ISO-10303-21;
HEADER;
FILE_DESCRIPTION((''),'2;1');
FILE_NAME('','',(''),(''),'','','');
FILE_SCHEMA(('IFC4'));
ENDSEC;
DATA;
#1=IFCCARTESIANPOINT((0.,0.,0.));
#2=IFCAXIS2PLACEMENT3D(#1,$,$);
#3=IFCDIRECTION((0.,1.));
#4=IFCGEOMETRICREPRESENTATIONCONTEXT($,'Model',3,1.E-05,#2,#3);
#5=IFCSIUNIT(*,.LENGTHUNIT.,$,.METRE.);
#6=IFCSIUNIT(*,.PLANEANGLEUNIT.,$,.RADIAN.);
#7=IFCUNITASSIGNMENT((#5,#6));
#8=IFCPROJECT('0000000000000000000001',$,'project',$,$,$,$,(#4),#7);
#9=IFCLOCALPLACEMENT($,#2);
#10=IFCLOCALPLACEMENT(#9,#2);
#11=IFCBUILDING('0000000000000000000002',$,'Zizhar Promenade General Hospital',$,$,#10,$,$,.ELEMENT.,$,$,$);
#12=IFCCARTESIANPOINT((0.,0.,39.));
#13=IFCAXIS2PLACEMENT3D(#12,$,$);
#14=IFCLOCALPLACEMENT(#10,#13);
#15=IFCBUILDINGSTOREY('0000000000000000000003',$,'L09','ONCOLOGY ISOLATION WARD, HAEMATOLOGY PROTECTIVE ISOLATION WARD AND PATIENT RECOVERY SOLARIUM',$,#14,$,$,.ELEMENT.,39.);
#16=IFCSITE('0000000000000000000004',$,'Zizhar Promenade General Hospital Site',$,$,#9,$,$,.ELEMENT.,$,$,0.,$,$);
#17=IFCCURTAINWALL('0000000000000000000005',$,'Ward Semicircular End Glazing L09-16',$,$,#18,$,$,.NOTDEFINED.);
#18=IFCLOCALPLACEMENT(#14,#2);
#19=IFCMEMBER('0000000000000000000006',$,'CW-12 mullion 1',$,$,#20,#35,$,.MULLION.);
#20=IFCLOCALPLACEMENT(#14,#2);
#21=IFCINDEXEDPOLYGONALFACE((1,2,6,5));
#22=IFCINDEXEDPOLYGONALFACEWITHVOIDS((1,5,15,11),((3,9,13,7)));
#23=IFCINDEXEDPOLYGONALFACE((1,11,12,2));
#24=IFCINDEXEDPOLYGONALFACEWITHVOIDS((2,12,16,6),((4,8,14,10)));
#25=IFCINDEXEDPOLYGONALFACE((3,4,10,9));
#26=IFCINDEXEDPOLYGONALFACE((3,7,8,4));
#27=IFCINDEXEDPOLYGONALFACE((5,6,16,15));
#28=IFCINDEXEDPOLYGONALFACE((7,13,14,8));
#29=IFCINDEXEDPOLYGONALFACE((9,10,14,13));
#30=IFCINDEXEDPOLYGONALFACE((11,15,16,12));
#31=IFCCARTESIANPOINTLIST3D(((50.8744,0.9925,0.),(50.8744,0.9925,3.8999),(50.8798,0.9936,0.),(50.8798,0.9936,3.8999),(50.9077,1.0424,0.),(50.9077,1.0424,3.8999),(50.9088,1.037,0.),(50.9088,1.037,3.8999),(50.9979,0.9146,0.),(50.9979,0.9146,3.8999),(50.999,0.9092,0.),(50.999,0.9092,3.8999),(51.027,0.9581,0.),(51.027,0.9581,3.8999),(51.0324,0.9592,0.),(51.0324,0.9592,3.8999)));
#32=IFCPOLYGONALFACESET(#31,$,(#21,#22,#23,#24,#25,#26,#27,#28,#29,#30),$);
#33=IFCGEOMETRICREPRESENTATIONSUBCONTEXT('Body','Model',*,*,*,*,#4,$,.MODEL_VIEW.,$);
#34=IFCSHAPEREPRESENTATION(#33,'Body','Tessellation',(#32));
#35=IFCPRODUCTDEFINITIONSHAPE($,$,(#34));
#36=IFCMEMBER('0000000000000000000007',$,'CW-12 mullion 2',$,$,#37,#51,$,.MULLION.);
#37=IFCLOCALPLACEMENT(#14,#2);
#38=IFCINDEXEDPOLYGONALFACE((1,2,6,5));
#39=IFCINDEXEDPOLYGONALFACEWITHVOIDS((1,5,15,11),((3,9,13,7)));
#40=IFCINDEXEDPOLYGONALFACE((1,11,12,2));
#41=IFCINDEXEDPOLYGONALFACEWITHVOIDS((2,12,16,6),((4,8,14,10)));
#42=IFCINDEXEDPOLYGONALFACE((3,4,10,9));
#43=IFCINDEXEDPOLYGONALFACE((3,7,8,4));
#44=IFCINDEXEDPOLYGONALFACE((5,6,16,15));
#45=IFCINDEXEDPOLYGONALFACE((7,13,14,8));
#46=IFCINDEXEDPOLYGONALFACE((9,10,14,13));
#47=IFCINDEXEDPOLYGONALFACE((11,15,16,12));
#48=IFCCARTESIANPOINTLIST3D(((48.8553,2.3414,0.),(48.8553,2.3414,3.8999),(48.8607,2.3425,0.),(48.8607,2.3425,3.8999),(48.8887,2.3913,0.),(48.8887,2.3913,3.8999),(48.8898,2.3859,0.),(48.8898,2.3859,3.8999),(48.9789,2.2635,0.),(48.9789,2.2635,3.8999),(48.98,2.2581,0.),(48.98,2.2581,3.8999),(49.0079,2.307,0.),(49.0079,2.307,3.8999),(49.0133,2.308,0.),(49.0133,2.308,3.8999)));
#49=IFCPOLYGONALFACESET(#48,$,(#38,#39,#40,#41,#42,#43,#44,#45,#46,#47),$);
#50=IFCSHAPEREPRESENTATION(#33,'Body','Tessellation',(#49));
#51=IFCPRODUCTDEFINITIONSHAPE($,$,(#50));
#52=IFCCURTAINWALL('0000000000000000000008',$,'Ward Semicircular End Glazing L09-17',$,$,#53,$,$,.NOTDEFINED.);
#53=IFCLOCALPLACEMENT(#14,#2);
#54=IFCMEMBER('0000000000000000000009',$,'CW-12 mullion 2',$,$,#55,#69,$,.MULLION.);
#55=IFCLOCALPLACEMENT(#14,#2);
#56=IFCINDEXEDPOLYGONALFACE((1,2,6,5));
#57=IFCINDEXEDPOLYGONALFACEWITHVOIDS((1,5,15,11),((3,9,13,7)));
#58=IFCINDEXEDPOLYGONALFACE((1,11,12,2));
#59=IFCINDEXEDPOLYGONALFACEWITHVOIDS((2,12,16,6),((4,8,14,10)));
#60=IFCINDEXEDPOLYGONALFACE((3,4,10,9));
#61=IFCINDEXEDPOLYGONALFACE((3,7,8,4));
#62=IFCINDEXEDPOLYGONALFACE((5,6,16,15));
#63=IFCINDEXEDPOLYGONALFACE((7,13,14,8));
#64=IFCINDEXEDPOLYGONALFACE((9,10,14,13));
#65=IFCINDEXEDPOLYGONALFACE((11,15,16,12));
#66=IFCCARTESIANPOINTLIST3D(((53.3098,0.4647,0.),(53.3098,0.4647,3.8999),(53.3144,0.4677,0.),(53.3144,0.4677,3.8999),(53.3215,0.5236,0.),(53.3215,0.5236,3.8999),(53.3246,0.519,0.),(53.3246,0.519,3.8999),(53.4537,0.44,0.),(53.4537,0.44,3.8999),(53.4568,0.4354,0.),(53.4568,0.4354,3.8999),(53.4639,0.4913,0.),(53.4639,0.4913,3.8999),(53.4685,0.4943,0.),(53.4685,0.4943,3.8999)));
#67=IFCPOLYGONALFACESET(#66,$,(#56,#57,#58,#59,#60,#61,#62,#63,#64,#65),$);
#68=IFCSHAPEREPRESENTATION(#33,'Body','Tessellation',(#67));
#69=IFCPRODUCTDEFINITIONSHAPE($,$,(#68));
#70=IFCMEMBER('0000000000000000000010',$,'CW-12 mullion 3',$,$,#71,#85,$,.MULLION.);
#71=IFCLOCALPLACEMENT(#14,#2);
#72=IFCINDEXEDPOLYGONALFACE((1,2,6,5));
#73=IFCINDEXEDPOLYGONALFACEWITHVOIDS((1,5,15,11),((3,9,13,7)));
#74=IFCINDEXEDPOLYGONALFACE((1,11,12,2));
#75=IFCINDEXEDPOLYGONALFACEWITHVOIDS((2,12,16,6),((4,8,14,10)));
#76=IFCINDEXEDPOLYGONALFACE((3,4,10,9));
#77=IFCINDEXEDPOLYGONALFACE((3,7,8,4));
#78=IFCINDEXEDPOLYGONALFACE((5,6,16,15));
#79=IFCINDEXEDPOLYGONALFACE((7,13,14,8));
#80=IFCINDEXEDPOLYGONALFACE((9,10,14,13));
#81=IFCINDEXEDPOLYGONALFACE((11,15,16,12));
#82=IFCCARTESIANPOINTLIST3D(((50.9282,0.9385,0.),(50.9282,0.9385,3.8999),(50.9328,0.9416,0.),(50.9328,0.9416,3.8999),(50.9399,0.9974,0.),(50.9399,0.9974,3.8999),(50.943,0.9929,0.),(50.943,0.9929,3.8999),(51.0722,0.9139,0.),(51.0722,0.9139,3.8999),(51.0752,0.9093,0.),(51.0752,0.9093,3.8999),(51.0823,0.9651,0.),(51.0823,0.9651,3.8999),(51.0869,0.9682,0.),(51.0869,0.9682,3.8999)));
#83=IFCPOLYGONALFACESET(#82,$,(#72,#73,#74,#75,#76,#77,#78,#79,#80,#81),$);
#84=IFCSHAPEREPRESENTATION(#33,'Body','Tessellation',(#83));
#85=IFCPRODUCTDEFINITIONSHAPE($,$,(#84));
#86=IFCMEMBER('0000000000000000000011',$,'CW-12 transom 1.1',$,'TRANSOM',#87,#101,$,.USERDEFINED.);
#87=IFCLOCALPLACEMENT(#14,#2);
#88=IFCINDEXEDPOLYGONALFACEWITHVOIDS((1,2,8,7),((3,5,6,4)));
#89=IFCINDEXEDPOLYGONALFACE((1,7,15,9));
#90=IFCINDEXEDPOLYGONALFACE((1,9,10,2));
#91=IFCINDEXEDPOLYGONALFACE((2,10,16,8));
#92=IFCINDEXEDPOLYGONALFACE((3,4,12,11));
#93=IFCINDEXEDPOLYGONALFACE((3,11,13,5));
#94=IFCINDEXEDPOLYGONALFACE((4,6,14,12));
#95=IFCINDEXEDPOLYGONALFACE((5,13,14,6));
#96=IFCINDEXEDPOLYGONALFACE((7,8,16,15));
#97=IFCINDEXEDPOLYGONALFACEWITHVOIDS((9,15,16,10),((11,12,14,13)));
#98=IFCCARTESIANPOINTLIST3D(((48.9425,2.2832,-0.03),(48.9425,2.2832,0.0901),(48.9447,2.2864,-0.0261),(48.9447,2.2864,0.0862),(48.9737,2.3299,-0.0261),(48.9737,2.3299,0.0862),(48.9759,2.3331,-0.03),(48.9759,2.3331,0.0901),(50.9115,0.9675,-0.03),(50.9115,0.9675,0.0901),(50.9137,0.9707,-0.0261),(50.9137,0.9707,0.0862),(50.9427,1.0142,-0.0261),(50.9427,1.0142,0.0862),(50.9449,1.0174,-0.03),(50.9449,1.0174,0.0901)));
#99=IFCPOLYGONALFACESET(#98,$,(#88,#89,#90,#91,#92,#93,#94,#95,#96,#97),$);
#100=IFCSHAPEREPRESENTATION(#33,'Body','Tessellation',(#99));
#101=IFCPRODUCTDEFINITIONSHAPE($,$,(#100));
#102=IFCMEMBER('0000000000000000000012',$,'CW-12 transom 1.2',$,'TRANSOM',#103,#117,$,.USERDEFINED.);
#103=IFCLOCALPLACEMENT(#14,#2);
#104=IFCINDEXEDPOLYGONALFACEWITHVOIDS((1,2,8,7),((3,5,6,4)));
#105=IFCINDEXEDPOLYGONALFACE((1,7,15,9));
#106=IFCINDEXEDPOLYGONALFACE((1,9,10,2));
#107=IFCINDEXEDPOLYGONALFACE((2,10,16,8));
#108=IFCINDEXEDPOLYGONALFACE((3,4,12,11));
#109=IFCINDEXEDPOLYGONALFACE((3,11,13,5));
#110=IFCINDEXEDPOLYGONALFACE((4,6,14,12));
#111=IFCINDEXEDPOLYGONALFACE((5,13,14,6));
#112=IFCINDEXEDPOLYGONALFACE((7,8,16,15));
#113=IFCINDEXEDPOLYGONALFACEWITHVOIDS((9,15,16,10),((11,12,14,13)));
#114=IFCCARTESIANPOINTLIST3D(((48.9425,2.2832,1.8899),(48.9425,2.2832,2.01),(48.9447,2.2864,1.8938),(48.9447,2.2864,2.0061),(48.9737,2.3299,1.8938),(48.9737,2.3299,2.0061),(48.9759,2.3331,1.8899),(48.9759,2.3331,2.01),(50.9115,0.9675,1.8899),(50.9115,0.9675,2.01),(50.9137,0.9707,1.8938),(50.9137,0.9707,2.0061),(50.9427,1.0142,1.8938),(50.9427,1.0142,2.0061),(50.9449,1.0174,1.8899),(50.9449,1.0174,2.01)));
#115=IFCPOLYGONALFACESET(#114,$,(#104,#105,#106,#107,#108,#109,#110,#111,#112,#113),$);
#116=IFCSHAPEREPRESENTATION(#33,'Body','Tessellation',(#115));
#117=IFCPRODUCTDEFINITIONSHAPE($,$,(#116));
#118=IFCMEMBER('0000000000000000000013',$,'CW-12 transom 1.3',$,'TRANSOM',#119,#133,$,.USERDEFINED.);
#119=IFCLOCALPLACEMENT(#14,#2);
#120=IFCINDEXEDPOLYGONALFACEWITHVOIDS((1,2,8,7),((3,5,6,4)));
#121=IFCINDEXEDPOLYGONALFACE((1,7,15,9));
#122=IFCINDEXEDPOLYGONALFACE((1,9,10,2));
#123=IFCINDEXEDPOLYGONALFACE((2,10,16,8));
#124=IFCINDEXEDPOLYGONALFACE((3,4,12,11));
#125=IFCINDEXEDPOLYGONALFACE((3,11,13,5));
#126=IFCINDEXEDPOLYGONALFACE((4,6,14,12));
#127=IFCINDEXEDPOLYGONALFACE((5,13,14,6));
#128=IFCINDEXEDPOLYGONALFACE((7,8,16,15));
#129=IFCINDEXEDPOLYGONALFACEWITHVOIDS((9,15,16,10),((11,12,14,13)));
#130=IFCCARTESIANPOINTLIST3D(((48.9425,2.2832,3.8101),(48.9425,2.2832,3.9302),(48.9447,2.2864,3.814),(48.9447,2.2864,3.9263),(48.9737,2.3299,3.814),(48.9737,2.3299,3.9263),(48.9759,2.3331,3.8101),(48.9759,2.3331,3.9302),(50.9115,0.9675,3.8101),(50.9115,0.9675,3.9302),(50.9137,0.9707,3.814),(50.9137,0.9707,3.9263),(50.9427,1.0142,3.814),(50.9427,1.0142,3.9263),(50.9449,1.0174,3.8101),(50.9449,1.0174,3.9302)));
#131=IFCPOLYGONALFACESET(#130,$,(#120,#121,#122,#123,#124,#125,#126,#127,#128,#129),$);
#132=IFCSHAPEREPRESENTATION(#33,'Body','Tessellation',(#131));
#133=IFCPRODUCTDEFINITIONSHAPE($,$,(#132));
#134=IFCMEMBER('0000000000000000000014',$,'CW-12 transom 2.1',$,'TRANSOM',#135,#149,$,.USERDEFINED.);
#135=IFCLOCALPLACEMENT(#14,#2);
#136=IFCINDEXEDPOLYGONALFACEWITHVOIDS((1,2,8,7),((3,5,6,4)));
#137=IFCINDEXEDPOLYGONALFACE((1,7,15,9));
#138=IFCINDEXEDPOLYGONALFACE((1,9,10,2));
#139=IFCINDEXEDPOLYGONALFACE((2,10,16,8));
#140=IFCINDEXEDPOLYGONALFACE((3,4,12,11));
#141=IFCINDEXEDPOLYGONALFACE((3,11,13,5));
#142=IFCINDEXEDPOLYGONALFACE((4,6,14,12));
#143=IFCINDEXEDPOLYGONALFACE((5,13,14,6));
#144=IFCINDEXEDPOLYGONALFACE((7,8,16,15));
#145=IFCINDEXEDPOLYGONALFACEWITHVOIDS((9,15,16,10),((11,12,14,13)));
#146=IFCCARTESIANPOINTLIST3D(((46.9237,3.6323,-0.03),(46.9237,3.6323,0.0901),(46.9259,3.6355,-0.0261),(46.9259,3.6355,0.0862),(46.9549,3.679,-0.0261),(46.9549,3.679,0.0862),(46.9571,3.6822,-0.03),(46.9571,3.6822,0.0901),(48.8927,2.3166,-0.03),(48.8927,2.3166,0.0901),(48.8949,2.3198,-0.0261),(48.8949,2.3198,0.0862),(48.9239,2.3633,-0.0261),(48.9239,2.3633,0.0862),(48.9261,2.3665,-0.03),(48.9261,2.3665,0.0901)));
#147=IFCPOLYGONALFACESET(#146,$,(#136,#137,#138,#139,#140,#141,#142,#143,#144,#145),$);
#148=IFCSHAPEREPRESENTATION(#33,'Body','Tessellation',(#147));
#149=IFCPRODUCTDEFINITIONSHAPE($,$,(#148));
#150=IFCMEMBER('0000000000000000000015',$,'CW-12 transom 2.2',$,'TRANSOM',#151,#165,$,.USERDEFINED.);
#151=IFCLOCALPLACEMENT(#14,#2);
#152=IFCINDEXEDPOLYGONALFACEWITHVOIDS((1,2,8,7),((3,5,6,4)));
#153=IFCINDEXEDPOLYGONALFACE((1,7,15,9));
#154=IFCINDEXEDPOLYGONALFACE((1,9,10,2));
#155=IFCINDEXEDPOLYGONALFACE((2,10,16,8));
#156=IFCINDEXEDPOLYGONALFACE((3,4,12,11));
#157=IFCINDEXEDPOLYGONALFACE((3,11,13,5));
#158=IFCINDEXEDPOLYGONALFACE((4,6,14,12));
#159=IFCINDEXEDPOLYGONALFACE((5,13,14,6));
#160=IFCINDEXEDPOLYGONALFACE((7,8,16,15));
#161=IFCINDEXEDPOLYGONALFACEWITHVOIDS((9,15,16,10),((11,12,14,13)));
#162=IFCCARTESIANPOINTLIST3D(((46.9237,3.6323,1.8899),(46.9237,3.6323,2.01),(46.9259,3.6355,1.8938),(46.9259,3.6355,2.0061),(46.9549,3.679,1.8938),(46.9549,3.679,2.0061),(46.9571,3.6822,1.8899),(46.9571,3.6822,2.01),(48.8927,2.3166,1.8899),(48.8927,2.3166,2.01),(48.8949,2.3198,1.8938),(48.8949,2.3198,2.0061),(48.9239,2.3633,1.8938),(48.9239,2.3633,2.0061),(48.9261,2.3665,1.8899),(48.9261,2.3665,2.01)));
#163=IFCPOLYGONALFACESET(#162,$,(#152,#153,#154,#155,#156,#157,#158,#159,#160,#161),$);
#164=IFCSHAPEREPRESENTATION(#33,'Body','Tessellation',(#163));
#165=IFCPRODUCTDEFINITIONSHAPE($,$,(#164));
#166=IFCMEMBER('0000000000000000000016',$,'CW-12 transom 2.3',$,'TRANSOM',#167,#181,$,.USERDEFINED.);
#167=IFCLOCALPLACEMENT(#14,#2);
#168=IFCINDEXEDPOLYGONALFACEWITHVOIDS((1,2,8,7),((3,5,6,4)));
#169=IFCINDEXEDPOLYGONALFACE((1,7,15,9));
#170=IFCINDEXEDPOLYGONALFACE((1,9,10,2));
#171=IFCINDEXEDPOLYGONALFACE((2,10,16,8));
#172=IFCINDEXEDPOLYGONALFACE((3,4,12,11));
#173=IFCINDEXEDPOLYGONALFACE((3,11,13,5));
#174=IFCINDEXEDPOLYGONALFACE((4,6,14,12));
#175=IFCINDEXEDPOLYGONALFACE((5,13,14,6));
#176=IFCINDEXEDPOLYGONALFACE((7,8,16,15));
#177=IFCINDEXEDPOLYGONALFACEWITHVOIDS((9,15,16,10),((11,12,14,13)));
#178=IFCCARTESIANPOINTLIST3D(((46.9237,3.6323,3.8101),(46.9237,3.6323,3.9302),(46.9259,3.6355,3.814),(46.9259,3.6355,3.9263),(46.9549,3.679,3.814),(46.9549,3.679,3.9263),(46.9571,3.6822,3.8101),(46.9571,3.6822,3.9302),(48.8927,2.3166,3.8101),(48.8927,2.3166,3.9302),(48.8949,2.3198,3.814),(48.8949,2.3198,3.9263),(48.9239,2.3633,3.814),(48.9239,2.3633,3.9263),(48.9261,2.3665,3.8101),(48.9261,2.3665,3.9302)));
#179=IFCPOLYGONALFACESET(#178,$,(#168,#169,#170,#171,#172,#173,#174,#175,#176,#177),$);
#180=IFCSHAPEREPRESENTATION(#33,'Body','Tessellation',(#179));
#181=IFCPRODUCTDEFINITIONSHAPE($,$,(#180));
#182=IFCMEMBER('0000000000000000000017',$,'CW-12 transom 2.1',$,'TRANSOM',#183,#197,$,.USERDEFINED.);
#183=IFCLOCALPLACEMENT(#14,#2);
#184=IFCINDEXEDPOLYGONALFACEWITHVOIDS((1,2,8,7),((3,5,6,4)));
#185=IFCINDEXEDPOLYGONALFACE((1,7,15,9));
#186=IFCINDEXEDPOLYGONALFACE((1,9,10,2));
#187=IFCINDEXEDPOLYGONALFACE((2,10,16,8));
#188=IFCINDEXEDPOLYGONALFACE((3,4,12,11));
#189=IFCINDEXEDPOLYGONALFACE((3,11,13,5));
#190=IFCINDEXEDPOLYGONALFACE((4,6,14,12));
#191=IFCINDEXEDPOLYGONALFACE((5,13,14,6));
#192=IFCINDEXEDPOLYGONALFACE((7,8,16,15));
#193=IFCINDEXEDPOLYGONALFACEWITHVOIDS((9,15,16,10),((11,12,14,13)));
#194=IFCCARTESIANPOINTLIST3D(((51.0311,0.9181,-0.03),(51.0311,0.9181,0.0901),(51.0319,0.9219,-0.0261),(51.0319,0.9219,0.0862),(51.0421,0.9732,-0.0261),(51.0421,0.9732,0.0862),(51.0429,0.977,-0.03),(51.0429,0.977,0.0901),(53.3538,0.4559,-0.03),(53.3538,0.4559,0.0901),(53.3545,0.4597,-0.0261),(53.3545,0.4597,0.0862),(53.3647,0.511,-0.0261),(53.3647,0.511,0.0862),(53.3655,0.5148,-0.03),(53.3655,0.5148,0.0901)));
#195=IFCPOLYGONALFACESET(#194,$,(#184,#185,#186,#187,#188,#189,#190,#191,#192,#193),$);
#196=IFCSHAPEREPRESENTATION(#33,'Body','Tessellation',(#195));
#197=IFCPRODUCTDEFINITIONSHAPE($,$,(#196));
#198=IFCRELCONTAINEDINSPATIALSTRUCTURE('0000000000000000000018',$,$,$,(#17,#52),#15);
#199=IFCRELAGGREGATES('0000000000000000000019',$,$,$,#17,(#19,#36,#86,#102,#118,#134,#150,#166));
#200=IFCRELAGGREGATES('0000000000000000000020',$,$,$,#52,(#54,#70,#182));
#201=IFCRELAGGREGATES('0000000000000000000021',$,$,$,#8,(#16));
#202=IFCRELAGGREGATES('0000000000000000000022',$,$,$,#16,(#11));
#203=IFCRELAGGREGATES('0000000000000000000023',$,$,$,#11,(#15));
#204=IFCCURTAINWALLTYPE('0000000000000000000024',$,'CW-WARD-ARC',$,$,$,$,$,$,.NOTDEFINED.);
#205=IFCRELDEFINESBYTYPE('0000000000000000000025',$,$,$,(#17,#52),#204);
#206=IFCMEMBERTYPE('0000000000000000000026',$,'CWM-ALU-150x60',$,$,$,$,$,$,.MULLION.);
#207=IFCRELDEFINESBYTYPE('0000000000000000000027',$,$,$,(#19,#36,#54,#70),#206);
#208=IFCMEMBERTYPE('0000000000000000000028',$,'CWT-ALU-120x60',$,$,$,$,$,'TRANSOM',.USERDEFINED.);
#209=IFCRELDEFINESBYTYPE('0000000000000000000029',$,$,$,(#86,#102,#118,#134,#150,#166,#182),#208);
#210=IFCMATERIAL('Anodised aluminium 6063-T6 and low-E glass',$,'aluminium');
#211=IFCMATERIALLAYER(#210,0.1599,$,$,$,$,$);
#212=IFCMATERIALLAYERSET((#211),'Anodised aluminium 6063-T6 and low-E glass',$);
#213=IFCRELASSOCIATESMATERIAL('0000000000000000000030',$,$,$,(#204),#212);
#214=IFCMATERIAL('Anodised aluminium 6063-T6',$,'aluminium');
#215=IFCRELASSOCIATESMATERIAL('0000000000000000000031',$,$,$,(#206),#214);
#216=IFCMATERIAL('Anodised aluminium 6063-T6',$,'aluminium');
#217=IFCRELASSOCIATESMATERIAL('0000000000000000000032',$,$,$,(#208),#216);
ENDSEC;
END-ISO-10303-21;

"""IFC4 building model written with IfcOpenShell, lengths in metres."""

from ifc_helpers import new_model, si_unit, direction, frame, origin, origin_2d, place, context, subcontext, project, spatial, hollow_rectangle, extrude, material, layer, layer_set, material_profile, profile_set, type_object, element, aggregate, save


model = new_model("IFC4")

# Units and contexts
model_context = context("Model", 3, precision=1e-05, world=origin(), true_north=direction((0.0, 1.0)))
body_context = subcontext(model_context, "Body", "Model", "MODEL_VIEW")
ifc_project = project(units=[si_unit("LENGTHUNIT", "METRE"), si_unit("PLANEANGLEUNIT", "RADIAN")], contexts=[model_context])

# Site, building, storey
site_placement = place(None, origin())
site = spatial("IfcSite", under=ifc_project, at=site_placement, Name="Zizhar Promenade General Hospital Site", CompositionType="ELEMENT", RefElevation=0.0)
building_placement = place(site_placement, origin())
building = spatial("IfcBuilding", under=site, at=building_placement, Name="Zizhar Promenade General Hospital", CompositionType="ELEMENT")
storey_placement = place(building_placement, frame((0.0, 0.0, 39.0)))
storey = spatial("IfcBuildingStorey", under=building, at=storey_placement, Name="L09", Description="ONCOLOGY ISOLATION WARD, HAEMATOLOGY PROTECTIVE ISOLATION WARD AND PATIENT RECOVERY SOLARIUM", CompositionType="ELEMENT", Elevation=39.0)

# Curtain walls, members
ifc_material_1 = material(Name="Anodised aluminium 6063-T6 and low-E glass", Category="aluminium")
ifc_layer_1 = layer(ifc_material_1, 0.1599)
ifc_layer_set_1 = layer_set([ifc_layer_1], Name="Anodised aluminium 6063-T6 and low-E glass")
curtain_wall_type = type_object("IfcCurtainWallType", Name="CW-WARD-ARC", PredefinedType="NOTDEFINED", material=ifc_layer_set_1)
curtain_wall_1_placement = place(storey_placement, origin())
curtain_wall_1 = element("IfcCurtainWall", 1, at=curtain_wall_1_placement, inside=storey, type_object=curtain_wall_type, Name="Ward Semicircular End Glazing L09-16", PredefinedType="NOTDEFINED")
ifc_material_2 = material(Name="Anodised aluminium 6063-T6", Category="aluminium")
ifc_material_profile_1 = material_profile(ifc_material_2, hollow_rectangle(XDim=0.0601, YDim=0.1499, WallThickness=0.0039, at=origin_2d()))
ifc_profile_set_1 = profile_set([ifc_material_profile_1], Name="Anodised aluminium 6063-T6")
member_type_1 = type_object("IfcMemberType", Name="CWM-ALU-150x60", PredefinedType="MULLION", material=ifc_profile_set_1)
member_1_placement = place(storey_placement, frame((50.9534, 0.9758, 0.0), z_axis=(0.0, 0.0, 1.0), x_axis=(-0.555582, -0.831462, 0.0)))
member_1 = element("IfcMember", 2, at=member_1_placement, type_object=member_type_1, Name="CW-12 mullion 1", PredefinedType="MULLION", context=body_context, shape_type="SweptSolid", body=[
    extrude(hollow_rectangle(XDim=0.0601, YDim=0.1499, WallThickness=0.0039, at=origin_2d()), origin(), (0.0, 0.0, 1.0), 3.8999),
])
member_2_placement = place(storey_placement, frame((48.9343, 2.3247, 0.0), z_axis=(0.0, 0.0, 1.0), x_axis=(-0.555582, -0.831462, 0.0)))
member_2 = element("IfcMember", 3, at=member_2_placement, type_object=member_type_1, Name="CW-12 mullion 2", PredefinedType="MULLION", context=body_context, shape_type="SweptSolid", body=[
    extrude(hollow_rectangle(XDim=0.0601, YDim=0.1499, WallThickness=0.0039, at=origin_2d()), origin(), (0.0, 0.0, 1.0), 3.8999),
])
curtain_wall_2_placement = place(storey_placement, origin())
curtain_wall_2 = element("IfcCurtainWall", 4, at=curtain_wall_2_placement, inside=storey, type_object=curtain_wall_type, Name="Ward Semicircular End Glazing L09-17", PredefinedType="NOTDEFINED")
member_3_placement = place(storey_placement, frame((53.3892, 0.4795, 0.0), z_axis=(0.0, 0.0, 1.0), x_axis=(-0.195087, -0.980786, 0.0)))
member_3 = element("IfcMember", 5, at=member_3_placement, type_object=member_type_1, Name="CW-12 mullion 2", PredefinedType="MULLION", context=body_context, shape_type="SweptSolid", body=[
    extrude(hollow_rectangle(XDim=0.0601, YDim=0.1499, WallThickness=0.0039, at=origin_2d()), origin(), (0.0, 0.0, 1.0), 3.8999),
])
member_4_placement = place(storey_placement, frame((51.0076, 0.9534, 0.0), z_axis=(0.0, 0.0, 1.0), x_axis=(-0.195087, -0.980786, 0.0)))
member_4 = element("IfcMember", 6, at=member_4_placement, type_object=member_type_1, Name="CW-12 mullion 3", PredefinedType="MULLION", context=body_context, shape_type="SweptSolid", body=[
    extrude(hollow_rectangle(XDim=0.0601, YDim=0.1499, WallThickness=0.0039, at=origin_2d()), origin(), (0.0, 0.0, 1.0), 3.8999),
])

# Members
ifc_material_3 = material(Name="Anodised aluminium 6063-T6", Category="aluminium")
ifc_material_profile_2 = material_profile(ifc_material_3, hollow_rectangle(XDim=0.0601, YDim=0.1201, WallThickness=0.0039, at=origin_2d()))
ifc_profile_set_2 = profile_set([ifc_material_profile_2], Name="Anodised aluminium 6063-T6")
member_type_2 = type_object("IfcMemberType", Name="CWT-ALU-120x60", ElementType="TRANSOM", PredefinedType="USERDEFINED", material=ifc_profile_set_2)
member_5_placement = place(storey_placement, frame((50.9282, 0.9924, 0.03), z_axis=(-0.831463, 0.55558, 0.0), x_axis=(-0.55558, -0.831463, 0.0)))
member_5 = element("IfcMember", 7, at=member_5_placement, type_object=member_type_2, Name="CW-12 transom 1.1", ObjectType="TRANSOM", PredefinedType="USERDEFINED", context=body_context, shape_type="SweptSolid", body=[
    extrude(hollow_rectangle(XDim=0.0601, YDim=0.1201, WallThickness=0.0039, at=origin_2d()), origin(), (0.0, 0.0, 1.0), 2.3682),
])
member_6_placement = place(storey_placement, frame((50.9282, 0.9924, 1.95), z_axis=(-0.831463, 0.55558, 0.0), x_axis=(-0.55558, -0.831463, 0.0)))
member_6 = element("IfcMember", 8, at=member_6_placement, type_object=member_type_2, Name="CW-12 transom 1.2", ObjectType="TRANSOM", PredefinedType="USERDEFINED", context=body_context, shape_type="SweptSolid", body=[
    extrude(hollow_rectangle(XDim=0.0601, YDim=0.1201, WallThickness=0.0039, at=origin_2d()), origin(), (0.0, 0.0, 1.0), 2.3682),
])
member_7_placement = place(storey_placement, frame((50.9282, 0.9924, 3.8701), z_axis=(-0.831463, 0.55558, 0.0), x_axis=(-0.55558, -0.831463, 0.0)))
member_7 = element("IfcMember", 9, at=member_7_placement, type_object=member_type_2, Name="CW-12 transom 1.3", ObjectType="TRANSOM", PredefinedType="USERDEFINED", context=body_context, shape_type="SweptSolid", body=[
    extrude(hollow_rectangle(XDim=0.0601, YDim=0.1201, WallThickness=0.0039, at=origin_2d()), origin(), (0.0, 0.0, 1.0), 2.3682),
])
member_8_placement = place(storey_placement, frame((48.9094, 2.3416, 0.03), z_axis=(-0.831463, 0.55558, 0.0), x_axis=(-0.55558, -0.831463, 0.0)))
member_8 = element("IfcMember", 10, at=member_8_placement, type_object=member_type_2, Name="CW-12 transom 2.1", ObjectType="TRANSOM", PredefinedType="USERDEFINED", context=body_context, shape_type="SweptSolid", body=[
    extrude(hollow_rectangle(XDim=0.0601, YDim=0.1201, WallThickness=0.0039, at=origin_2d()), origin(), (0.0, 0.0, 1.0), 2.3682),
])
member_9_placement = place(storey_placement, frame((48.9094, 2.3416, 1.95), z_axis=(-0.831463, 0.55558, 0.0), x_axis=(-0.55558, -0.831463, 0.0)))
member_9 = element("IfcMember", 11, at=member_9_placement, type_object=member_type_2, Name="CW-12 transom 2.2", ObjectType="TRANSOM", PredefinedType="USERDEFINED", context=body_context, shape_type="SweptSolid", body=[
    extrude(hollow_rectangle(XDim=0.0601, YDim=0.1201, WallThickness=0.0039, at=origin_2d()), origin(), (0.0, 0.0, 1.0), 2.3682),
])
member_10_placement = place(storey_placement, frame((48.9094, 2.3416, 3.8701), z_axis=(-0.831463, 0.55558, 0.0), x_axis=(-0.55558, -0.831463, 0.0)))
member_10 = element("IfcMember", 12, at=member_10_placement, type_object=member_type_2, Name="CW-12 transom 2.3", ObjectType="TRANSOM", PredefinedType="USERDEFINED", context=body_context, shape_type="SweptSolid", body=[
    extrude(hollow_rectangle(XDim=0.0601, YDim=0.1201, WallThickness=0.0039, at=origin_2d()), origin(), (0.0, 0.0, 1.0), 2.3682),
])
member_11_placement = place(storey_placement, frame((53.3596, 0.4854, 0.03), z_axis=(-0.980771, 0.195164, 0.0), x_axis=(-0.195164, -0.980771, 0.0)))
member_11 = element("IfcMember", 13, at=member_11_placement, type_object=member_type_2, Name="CW-12 transom 2.1", ObjectType="TRANSOM", PredefinedType="USERDEFINED", context=body_context, shape_type="SweptSolid", body=[
    extrude(hollow_rectangle(XDim=0.0601, YDim=0.1201, WallThickness=0.0039, at=origin_2d()), origin(), (0.0, 0.0, 1.0), 2.3682),
])

aggregate(curtain_wall_1, [member_1, member_2, member_5, member_6, member_7, member_8, member_9, member_10])
aggregate(curtain_wall_2, [member_3, member_4, member_11])

save(model, "model.ifc")
